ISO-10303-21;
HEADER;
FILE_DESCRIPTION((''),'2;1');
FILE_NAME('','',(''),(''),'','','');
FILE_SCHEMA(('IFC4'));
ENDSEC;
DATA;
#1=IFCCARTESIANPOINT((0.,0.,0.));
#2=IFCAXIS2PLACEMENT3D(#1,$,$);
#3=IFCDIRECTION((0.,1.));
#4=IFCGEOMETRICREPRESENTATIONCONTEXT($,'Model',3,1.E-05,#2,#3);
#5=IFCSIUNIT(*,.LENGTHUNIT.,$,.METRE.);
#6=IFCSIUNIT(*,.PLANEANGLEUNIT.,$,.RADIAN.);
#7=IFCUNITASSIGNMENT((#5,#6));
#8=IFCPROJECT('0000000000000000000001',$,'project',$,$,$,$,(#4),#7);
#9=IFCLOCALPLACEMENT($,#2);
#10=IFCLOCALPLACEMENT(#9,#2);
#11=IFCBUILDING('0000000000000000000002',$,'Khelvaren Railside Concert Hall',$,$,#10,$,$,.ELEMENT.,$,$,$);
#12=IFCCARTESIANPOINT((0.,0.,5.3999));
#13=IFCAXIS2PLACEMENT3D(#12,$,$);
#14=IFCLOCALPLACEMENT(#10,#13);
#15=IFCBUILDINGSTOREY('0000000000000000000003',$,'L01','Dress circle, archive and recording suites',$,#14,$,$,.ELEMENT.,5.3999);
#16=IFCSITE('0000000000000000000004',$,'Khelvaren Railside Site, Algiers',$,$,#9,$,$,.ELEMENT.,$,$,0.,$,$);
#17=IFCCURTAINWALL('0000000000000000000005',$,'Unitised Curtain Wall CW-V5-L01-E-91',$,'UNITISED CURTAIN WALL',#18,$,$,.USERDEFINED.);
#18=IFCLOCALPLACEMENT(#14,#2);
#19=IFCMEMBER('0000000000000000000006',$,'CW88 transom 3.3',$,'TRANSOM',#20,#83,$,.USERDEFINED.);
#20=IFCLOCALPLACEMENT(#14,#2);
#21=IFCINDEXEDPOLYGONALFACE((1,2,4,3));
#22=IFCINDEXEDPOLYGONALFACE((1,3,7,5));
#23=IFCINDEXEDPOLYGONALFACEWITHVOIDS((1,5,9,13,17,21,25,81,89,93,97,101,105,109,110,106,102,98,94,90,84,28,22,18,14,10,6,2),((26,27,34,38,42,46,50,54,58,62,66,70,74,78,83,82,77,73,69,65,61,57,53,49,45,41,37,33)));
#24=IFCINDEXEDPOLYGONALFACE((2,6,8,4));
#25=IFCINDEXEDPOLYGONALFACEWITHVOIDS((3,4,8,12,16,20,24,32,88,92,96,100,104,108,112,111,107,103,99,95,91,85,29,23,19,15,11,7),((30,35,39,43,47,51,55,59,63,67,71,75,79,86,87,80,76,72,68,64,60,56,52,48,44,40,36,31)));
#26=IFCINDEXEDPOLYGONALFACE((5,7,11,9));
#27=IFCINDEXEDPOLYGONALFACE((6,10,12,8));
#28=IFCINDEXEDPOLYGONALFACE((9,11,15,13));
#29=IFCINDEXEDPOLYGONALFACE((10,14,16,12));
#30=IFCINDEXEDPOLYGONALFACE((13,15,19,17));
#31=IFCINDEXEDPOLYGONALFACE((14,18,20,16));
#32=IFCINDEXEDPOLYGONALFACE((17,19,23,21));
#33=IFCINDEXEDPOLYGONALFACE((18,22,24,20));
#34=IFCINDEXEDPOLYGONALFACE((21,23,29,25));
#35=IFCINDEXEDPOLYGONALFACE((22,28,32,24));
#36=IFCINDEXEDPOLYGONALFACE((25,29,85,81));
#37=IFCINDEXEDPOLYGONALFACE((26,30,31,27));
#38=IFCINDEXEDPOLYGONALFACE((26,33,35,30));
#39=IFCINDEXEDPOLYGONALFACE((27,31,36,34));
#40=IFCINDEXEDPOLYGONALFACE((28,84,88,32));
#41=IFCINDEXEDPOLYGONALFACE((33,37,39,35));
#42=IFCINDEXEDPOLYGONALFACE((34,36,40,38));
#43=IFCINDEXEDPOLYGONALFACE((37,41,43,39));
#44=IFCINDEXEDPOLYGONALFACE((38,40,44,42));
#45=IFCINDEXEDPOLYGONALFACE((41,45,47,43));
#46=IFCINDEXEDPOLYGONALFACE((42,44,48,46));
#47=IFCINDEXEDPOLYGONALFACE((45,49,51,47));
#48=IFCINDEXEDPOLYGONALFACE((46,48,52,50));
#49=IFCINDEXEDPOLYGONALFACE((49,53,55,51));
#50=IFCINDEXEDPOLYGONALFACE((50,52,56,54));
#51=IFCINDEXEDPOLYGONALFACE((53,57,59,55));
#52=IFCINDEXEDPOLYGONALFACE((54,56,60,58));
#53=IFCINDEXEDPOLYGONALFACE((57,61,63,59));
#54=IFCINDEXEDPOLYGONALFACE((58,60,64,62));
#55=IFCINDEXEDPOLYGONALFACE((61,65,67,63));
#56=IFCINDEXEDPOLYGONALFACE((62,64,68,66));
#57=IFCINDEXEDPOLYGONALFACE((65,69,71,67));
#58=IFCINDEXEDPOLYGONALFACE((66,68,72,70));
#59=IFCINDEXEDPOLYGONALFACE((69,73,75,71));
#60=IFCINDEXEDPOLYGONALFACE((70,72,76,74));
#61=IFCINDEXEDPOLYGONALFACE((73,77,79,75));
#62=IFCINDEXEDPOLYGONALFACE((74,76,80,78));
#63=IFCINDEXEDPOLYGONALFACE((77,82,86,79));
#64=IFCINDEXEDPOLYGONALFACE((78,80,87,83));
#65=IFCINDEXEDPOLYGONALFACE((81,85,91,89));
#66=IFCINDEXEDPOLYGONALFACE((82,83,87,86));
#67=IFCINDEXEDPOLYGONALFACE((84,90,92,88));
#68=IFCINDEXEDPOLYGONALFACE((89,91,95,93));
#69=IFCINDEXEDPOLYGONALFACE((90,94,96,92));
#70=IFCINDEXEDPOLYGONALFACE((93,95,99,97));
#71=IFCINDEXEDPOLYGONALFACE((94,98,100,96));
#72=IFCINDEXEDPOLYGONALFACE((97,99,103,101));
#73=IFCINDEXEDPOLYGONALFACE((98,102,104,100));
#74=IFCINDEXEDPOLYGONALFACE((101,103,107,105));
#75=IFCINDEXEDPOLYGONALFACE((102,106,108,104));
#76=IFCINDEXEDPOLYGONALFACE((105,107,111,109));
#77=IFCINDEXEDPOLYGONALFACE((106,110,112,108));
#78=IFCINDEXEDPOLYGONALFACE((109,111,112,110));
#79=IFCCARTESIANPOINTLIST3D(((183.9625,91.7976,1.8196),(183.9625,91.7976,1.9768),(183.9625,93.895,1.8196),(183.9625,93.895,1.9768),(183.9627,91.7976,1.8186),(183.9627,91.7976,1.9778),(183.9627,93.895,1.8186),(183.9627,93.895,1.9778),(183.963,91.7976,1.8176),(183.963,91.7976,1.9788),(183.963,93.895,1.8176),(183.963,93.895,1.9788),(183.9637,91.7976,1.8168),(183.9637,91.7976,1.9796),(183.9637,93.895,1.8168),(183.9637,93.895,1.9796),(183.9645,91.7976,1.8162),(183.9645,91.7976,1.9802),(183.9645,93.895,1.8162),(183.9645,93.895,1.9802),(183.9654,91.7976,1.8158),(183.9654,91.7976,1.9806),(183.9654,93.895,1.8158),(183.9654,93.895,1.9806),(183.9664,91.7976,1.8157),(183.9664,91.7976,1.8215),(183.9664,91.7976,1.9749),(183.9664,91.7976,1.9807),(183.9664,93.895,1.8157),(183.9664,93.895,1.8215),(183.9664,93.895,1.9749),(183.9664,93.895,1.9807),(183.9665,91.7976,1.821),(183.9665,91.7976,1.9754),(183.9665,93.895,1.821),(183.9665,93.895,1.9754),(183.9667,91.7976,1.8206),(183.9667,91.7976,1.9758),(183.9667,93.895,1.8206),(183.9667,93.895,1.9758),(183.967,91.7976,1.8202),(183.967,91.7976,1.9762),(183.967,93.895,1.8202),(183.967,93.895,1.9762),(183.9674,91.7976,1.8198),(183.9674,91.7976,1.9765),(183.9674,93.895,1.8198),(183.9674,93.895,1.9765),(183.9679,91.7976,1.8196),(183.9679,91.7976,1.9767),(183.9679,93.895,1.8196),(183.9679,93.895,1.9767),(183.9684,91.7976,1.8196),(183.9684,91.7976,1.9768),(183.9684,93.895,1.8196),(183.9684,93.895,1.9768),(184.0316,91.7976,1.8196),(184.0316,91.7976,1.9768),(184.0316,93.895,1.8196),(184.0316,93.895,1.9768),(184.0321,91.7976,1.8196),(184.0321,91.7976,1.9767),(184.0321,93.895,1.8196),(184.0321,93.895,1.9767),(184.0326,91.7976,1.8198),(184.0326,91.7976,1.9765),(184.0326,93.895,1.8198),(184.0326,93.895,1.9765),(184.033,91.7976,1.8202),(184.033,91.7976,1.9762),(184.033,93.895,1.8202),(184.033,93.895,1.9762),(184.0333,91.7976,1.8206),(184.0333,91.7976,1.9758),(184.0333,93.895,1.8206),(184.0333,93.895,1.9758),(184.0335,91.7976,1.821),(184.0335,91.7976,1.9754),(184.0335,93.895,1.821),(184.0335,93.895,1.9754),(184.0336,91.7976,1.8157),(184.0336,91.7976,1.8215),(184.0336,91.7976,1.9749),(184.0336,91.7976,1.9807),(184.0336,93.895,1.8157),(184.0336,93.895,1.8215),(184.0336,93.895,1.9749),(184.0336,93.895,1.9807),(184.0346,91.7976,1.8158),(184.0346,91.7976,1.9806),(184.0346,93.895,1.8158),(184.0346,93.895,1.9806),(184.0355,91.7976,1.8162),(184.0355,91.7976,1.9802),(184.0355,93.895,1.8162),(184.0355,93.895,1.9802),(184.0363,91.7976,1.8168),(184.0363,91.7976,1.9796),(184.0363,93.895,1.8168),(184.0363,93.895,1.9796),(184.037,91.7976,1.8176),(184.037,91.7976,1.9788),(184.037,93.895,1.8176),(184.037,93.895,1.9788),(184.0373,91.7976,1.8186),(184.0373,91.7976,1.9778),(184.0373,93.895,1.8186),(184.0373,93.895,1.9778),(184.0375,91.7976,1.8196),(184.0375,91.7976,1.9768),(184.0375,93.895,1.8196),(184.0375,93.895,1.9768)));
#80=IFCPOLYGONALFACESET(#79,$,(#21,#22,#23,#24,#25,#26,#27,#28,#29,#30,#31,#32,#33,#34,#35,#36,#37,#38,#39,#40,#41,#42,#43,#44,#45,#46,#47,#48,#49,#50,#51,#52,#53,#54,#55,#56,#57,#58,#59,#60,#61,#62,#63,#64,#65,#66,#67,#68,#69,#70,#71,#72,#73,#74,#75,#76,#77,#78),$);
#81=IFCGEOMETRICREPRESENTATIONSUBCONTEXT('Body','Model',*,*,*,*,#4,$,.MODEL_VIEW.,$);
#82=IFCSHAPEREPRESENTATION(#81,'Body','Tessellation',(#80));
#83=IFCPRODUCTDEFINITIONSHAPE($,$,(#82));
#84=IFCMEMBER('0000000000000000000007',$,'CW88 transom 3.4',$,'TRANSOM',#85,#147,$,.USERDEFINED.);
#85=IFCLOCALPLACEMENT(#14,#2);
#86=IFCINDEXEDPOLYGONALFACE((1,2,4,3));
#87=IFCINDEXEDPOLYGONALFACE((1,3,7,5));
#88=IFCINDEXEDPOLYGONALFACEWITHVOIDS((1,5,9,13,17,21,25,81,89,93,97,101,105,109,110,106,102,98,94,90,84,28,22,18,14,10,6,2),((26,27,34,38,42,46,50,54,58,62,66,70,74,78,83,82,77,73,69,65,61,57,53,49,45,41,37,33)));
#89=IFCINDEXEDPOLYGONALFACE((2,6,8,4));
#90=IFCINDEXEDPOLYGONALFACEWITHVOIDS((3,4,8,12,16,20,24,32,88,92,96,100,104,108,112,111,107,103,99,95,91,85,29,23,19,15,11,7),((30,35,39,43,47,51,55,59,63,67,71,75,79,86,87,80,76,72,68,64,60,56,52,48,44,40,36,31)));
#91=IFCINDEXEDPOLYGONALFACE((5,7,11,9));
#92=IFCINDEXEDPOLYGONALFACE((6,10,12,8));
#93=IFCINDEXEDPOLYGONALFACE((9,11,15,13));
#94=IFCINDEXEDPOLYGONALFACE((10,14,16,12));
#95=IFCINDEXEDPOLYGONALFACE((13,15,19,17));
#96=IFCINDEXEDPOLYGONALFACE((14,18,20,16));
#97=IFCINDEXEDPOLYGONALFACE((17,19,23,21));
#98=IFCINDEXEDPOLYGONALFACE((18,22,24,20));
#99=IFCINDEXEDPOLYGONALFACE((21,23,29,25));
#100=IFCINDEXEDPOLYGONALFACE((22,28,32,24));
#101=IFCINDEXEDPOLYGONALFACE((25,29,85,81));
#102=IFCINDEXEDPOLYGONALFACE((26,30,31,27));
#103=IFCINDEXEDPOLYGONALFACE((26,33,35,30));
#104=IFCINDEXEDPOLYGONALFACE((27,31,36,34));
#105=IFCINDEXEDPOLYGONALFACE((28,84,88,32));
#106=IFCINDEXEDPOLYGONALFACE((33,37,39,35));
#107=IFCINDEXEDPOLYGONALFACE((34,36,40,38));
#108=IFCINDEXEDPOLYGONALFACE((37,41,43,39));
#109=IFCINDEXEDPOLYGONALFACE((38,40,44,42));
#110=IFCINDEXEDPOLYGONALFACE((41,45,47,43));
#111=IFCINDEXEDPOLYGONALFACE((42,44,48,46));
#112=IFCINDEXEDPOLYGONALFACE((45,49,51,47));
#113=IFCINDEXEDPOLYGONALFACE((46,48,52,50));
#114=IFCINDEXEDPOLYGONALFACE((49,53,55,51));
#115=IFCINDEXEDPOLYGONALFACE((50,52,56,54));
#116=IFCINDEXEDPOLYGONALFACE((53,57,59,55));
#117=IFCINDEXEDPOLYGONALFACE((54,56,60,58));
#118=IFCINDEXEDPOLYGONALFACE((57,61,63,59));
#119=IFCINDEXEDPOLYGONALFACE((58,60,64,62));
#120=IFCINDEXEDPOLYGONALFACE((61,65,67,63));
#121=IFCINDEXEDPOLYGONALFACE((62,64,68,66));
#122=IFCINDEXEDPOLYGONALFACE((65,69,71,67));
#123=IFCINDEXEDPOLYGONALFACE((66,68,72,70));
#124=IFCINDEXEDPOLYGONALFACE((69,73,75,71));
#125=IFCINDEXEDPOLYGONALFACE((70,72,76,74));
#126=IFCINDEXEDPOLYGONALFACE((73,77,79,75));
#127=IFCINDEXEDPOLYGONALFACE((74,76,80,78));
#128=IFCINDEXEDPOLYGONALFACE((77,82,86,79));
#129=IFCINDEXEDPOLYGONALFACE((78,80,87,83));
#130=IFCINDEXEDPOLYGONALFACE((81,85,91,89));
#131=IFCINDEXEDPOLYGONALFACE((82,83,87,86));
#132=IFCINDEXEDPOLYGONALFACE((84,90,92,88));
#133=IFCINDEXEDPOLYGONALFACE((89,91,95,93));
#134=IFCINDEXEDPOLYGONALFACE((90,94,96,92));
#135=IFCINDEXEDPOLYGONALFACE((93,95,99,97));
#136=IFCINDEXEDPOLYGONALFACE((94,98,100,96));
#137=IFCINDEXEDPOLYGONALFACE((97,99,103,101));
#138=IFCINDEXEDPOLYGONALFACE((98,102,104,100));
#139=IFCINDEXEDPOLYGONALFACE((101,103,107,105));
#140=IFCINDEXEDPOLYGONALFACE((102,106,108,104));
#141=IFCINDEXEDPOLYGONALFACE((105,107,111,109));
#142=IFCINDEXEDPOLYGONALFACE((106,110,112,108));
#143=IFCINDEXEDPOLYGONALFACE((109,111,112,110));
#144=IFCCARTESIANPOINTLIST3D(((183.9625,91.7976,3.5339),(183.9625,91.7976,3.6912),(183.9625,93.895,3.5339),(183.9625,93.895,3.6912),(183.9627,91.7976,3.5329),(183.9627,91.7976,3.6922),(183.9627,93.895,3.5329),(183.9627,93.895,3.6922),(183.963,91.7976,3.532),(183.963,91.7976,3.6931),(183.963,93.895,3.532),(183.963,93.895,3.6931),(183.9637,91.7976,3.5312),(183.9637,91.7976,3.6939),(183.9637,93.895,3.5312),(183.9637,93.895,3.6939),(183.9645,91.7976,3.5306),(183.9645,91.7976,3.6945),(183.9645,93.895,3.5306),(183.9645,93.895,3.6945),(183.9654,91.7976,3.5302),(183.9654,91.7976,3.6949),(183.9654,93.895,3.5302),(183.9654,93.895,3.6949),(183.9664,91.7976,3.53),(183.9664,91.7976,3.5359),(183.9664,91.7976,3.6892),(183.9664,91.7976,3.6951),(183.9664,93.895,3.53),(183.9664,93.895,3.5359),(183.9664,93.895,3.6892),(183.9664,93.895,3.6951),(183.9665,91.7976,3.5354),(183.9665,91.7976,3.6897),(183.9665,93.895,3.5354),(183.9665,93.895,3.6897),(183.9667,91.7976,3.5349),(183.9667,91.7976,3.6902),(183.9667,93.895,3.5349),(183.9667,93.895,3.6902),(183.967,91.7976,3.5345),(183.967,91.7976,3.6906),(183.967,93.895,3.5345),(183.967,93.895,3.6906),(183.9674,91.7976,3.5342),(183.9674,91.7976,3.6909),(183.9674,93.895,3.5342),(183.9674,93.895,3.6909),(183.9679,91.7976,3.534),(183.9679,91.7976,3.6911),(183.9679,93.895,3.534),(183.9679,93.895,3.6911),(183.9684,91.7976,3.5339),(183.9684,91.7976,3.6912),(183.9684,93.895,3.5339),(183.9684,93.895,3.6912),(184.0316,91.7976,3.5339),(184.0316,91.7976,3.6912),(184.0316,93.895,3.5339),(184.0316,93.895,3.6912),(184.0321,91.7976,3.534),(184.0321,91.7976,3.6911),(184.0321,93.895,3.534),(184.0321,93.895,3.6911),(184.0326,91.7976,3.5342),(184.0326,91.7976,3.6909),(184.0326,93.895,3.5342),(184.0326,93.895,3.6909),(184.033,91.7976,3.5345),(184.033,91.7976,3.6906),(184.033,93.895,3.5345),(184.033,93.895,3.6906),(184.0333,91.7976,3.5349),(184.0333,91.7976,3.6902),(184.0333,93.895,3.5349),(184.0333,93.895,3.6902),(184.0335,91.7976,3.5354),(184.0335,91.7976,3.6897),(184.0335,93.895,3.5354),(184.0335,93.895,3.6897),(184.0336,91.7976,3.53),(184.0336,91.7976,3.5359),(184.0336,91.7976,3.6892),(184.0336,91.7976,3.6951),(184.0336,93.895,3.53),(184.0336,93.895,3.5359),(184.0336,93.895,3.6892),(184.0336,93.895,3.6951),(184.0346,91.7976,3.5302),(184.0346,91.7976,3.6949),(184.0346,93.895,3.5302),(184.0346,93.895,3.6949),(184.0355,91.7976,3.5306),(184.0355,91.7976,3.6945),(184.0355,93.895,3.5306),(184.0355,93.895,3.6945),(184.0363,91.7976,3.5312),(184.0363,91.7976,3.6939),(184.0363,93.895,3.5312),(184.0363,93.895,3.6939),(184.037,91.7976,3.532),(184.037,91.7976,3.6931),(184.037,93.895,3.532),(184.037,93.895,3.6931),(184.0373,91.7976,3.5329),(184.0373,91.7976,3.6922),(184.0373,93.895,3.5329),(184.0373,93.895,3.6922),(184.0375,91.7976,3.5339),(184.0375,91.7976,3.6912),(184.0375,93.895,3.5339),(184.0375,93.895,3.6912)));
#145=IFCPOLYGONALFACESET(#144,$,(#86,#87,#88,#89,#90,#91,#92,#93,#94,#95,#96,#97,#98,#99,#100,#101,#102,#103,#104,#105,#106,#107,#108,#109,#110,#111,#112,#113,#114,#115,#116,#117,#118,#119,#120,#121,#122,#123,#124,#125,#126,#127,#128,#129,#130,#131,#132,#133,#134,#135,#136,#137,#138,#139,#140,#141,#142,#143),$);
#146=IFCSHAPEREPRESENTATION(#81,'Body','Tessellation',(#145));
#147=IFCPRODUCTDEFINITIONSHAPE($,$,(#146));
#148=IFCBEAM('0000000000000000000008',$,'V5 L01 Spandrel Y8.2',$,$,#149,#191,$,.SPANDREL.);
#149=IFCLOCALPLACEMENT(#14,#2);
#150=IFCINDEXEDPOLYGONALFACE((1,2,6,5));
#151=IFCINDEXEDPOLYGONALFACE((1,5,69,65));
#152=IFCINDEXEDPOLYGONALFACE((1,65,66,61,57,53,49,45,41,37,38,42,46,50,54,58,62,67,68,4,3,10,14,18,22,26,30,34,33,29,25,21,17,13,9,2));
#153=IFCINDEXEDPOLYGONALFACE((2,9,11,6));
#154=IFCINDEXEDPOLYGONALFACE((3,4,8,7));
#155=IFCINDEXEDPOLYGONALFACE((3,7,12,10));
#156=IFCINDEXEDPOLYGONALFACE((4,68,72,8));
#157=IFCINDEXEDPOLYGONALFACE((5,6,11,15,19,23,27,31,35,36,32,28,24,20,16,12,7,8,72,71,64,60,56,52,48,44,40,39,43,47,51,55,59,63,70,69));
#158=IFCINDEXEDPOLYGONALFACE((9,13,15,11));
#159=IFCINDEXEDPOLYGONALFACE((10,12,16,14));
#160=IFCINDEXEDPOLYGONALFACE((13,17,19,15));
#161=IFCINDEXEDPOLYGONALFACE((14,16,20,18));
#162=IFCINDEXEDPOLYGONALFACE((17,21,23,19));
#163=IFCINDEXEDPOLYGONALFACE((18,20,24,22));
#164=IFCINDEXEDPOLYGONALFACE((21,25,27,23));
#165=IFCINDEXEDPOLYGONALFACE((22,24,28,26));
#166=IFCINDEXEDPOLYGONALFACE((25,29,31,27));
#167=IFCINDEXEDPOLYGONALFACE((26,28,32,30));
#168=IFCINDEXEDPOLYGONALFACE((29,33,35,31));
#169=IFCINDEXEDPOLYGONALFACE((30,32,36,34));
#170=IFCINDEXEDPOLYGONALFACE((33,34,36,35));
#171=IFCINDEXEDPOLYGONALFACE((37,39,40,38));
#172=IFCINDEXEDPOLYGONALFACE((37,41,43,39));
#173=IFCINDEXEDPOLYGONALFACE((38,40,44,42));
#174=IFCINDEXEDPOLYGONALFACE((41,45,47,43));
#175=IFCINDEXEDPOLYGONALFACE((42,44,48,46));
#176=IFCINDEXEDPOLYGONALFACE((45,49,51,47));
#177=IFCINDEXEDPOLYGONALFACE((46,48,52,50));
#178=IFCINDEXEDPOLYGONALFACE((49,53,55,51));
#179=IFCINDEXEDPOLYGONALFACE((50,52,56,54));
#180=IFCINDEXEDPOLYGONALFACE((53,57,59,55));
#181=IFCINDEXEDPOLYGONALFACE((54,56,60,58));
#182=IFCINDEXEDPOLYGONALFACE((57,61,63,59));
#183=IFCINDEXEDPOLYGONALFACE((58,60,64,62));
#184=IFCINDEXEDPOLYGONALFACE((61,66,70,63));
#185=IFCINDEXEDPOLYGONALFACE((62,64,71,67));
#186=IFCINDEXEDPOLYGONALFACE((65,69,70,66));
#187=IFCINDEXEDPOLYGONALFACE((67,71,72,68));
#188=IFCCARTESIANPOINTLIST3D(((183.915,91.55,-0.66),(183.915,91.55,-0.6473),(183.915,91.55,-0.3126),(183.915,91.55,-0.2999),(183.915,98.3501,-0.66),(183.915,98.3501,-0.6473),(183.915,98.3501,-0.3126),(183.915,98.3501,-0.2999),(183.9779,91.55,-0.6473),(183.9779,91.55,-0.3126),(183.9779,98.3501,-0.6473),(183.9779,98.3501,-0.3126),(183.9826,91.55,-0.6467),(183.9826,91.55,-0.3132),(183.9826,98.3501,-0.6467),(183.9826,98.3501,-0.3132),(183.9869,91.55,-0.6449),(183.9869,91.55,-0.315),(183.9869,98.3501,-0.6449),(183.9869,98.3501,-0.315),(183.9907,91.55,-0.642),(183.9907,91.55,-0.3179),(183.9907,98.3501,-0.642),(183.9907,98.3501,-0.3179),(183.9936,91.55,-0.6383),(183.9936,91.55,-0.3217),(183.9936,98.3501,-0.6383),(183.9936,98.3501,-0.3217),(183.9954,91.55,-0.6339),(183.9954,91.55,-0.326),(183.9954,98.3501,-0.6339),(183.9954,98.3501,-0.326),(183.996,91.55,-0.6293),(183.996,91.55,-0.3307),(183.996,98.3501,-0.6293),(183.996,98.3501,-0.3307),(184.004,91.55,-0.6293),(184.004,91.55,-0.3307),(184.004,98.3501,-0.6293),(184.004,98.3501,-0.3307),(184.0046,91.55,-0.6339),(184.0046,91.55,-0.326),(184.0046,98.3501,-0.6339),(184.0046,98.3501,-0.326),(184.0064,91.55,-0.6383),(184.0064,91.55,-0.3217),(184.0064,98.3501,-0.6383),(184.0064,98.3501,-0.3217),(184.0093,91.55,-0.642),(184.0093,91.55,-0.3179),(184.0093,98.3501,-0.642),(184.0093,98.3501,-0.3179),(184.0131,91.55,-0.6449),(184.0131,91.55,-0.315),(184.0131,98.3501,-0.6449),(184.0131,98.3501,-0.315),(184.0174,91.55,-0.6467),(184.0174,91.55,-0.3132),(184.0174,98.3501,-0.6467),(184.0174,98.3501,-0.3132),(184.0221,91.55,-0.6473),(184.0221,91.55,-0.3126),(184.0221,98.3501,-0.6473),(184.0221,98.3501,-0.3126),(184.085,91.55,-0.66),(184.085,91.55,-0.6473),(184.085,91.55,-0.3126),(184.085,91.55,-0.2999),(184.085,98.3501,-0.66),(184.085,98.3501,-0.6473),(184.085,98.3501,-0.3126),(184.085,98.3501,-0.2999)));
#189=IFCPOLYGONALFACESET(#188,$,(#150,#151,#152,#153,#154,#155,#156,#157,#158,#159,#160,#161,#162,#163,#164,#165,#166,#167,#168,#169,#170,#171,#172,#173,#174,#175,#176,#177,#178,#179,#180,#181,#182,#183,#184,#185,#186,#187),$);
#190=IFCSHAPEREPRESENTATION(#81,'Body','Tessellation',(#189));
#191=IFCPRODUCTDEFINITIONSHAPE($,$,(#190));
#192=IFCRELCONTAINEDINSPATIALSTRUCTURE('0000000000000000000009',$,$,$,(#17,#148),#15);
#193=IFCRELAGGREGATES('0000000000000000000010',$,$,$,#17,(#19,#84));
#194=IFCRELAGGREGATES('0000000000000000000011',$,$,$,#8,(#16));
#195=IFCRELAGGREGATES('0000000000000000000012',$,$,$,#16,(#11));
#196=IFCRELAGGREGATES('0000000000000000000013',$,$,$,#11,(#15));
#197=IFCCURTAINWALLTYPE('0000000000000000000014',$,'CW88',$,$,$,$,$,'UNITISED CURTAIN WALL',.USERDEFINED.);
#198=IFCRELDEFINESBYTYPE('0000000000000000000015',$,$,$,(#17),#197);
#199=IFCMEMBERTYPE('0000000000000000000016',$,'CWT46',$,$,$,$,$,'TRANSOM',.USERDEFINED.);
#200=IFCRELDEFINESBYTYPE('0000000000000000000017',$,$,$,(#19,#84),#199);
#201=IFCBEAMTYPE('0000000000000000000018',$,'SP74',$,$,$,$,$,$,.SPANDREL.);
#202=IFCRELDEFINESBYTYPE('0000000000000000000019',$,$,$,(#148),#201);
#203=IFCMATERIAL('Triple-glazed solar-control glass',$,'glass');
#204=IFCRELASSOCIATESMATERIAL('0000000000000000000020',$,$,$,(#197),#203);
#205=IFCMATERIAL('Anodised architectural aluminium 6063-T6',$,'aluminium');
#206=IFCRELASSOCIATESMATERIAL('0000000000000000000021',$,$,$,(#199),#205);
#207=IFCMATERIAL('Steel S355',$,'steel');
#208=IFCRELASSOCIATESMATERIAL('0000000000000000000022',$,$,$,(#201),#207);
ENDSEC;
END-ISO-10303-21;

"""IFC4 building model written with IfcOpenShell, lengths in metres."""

from ifc_helpers import new_model, si_unit, direction, frame, origin, origin_2d, place, context, subcontext, project, spatial, hollow_rectangle, i_section, extrude, material, material_profile, profile_set, type_object, element, aggregate, save


model = new_model("IFC4")

# Units and contexts
model_context = context("Model", 3, precision=1e-05, world=origin(), true_north=direction((0.0, 1.0)))
body_context = subcontext(model_context, "Body", "Model", "MODEL_VIEW")
ifc_project = project(units=[si_unit("LENGTHUNIT", "METRE"), si_unit("PLANEANGLEUNIT", "RADIAN")], contexts=[model_context])

# Site, building, storey
site_placement = place(None, origin())
site = spatial("IfcSite", under=ifc_project, at=site_placement, Name="Khelvaren Railside Site, Algiers", CompositionType="ELEMENT", RefElevation=0.0)
building_placement = place(site_placement, origin())
building = spatial("IfcBuilding", under=site, at=building_placement, Name="Khelvaren Railside Concert Hall", CompositionType="ELEMENT")
storey_placement = place(building_placement, frame((0.0, 0.0, 5.3999)))
storey = spatial("IfcBuildingStorey", under=building, at=storey_placement, Name="L01", Description="Dress circle, archive and recording suites", CompositionType="ELEMENT", Elevation=5.3999)

# Curtain wall
ifc_material_1 = material(Name="Triple-glazed solar-control glass", Category="glass")
curtain_wall_type_1 = type_object("IfcCurtainWallType", Name="CW88", ElementType="UNITISED CURTAIN WALL", PredefinedType="USERDEFINED", material=ifc_material_1)
curtain_wall_1_placement = place(storey_placement, origin())
curtain_wall_1 = element("IfcCurtainWall", 1, at=curtain_wall_1_placement, inside=storey, type_object=curtain_wall_type_1, Name="Unitised Curtain Wall CW-V5-L01-E-91", ObjectType="UNITISED CURTAIN WALL", PredefinedType="USERDEFINED")
ifc_material_2 = material(Name="Anodised architectural aluminium 6063-T6", Category="aluminium")

# Members
ifc_material_profile_1 = material_profile(ifc_material_2, hollow_rectangle(XDim=0.075, YDim=0.165, WallThickness=0.0039, InnerFilletRadius=0.002, OuterFilletRadius=0.0039, at=origin_2d()), Name="CWT 75x165x4")
ifc_profile_set_1 = profile_set([ifc_material_profile_1], Name="Anodised architectural aluminium 6063-T6")
member_type_1 = type_object("IfcMemberType", Name="CWT46", ElementType="TRANSOM", PredefinedType="USERDEFINED", material=ifc_profile_set_1)
member_1_placement = place(storey_placement, frame((184.0, 93.895, 1.8982), z_axis=(0.0, -1.0, 0.0), x_axis=(1.0, 0.0, 0.0)))
member_1 = element("IfcMember", 2, at=member_1_placement, type_object=member_type_1, Name="CW88 transom 3.3", ObjectType="TRANSOM", PredefinedType="USERDEFINED", context=body_context, shape_type="SweptSolid", body=[
    extrude(hollow_rectangle(XDim=0.075, YDim=0.165, WallThickness=0.0039, InnerFilletRadius=0.002, OuterFilletRadius=0.0039, at=origin_2d()), origin(), (0.0, 0.0, 1.0), 2.0974),
])
member_2_placement = place(storey_placement, frame((184.0, 93.895, 3.6125), z_axis=(0.0, -1.0, 0.0), x_axis=(1.0, 0.0, 0.0)))
member_2 = element("IfcMember", 3, at=member_2_placement, type_object=member_type_1, Name="CW88 transom 3.4", ObjectType="TRANSOM", PredefinedType="USERDEFINED", context=body_context, shape_type="SweptSolid", body=[
    extrude(hollow_rectangle(XDim=0.075, YDim=0.165, WallThickness=0.0039, InnerFilletRadius=0.002, OuterFilletRadius=0.0039, at=origin_2d()), origin(), (0.0, 0.0, 1.0), 2.0974),
])

# Beam
ifc_material_3 = material(Name="Steel S355", Category="steel")
ifc_material_profile_2 = material_profile(ifc_material_3, i_section(OverallWidth=0.1699, OverallDepth=0.3601, WebThickness=0.0081, FlangeThickness=0.0127, FilletRadius=0.0181, at=origin_2d()), Name="IPE 360")
ifc_profile_set_2 = profile_set([ifc_material_profile_2], Name="Steel S355")
beam_type = type_object("IfcBeamType", Name="SP74", PredefinedType="SPANDREL", material=ifc_profile_set_2)
beam_placement = place(storey_placement, frame((184.0, 91.55, -0.48), z_axis=(0.0, 1.0, 0.0), x_axis=(-1.0, 0.0, 0.0)))
element("IfcBeam", 4, at=beam_placement, inside=storey, type_object=beam_type, Name="V5 L01 Spandrel Y8.2", PredefinedType="SPANDREL", context=body_context, shape_type="SweptSolid", body=[
    extrude(i_section(OverallWidth=0.1699, OverallDepth=0.3601, WebThickness=0.0081, FlangeThickness=0.0127, FilletRadius=0.0181, at=origin_2d()), origin(), (0.0, 0.0, 1.0), 6.8),
])

aggregate(curtain_wall_1, [member_1, member_2])

save(model, "model.ifc")
